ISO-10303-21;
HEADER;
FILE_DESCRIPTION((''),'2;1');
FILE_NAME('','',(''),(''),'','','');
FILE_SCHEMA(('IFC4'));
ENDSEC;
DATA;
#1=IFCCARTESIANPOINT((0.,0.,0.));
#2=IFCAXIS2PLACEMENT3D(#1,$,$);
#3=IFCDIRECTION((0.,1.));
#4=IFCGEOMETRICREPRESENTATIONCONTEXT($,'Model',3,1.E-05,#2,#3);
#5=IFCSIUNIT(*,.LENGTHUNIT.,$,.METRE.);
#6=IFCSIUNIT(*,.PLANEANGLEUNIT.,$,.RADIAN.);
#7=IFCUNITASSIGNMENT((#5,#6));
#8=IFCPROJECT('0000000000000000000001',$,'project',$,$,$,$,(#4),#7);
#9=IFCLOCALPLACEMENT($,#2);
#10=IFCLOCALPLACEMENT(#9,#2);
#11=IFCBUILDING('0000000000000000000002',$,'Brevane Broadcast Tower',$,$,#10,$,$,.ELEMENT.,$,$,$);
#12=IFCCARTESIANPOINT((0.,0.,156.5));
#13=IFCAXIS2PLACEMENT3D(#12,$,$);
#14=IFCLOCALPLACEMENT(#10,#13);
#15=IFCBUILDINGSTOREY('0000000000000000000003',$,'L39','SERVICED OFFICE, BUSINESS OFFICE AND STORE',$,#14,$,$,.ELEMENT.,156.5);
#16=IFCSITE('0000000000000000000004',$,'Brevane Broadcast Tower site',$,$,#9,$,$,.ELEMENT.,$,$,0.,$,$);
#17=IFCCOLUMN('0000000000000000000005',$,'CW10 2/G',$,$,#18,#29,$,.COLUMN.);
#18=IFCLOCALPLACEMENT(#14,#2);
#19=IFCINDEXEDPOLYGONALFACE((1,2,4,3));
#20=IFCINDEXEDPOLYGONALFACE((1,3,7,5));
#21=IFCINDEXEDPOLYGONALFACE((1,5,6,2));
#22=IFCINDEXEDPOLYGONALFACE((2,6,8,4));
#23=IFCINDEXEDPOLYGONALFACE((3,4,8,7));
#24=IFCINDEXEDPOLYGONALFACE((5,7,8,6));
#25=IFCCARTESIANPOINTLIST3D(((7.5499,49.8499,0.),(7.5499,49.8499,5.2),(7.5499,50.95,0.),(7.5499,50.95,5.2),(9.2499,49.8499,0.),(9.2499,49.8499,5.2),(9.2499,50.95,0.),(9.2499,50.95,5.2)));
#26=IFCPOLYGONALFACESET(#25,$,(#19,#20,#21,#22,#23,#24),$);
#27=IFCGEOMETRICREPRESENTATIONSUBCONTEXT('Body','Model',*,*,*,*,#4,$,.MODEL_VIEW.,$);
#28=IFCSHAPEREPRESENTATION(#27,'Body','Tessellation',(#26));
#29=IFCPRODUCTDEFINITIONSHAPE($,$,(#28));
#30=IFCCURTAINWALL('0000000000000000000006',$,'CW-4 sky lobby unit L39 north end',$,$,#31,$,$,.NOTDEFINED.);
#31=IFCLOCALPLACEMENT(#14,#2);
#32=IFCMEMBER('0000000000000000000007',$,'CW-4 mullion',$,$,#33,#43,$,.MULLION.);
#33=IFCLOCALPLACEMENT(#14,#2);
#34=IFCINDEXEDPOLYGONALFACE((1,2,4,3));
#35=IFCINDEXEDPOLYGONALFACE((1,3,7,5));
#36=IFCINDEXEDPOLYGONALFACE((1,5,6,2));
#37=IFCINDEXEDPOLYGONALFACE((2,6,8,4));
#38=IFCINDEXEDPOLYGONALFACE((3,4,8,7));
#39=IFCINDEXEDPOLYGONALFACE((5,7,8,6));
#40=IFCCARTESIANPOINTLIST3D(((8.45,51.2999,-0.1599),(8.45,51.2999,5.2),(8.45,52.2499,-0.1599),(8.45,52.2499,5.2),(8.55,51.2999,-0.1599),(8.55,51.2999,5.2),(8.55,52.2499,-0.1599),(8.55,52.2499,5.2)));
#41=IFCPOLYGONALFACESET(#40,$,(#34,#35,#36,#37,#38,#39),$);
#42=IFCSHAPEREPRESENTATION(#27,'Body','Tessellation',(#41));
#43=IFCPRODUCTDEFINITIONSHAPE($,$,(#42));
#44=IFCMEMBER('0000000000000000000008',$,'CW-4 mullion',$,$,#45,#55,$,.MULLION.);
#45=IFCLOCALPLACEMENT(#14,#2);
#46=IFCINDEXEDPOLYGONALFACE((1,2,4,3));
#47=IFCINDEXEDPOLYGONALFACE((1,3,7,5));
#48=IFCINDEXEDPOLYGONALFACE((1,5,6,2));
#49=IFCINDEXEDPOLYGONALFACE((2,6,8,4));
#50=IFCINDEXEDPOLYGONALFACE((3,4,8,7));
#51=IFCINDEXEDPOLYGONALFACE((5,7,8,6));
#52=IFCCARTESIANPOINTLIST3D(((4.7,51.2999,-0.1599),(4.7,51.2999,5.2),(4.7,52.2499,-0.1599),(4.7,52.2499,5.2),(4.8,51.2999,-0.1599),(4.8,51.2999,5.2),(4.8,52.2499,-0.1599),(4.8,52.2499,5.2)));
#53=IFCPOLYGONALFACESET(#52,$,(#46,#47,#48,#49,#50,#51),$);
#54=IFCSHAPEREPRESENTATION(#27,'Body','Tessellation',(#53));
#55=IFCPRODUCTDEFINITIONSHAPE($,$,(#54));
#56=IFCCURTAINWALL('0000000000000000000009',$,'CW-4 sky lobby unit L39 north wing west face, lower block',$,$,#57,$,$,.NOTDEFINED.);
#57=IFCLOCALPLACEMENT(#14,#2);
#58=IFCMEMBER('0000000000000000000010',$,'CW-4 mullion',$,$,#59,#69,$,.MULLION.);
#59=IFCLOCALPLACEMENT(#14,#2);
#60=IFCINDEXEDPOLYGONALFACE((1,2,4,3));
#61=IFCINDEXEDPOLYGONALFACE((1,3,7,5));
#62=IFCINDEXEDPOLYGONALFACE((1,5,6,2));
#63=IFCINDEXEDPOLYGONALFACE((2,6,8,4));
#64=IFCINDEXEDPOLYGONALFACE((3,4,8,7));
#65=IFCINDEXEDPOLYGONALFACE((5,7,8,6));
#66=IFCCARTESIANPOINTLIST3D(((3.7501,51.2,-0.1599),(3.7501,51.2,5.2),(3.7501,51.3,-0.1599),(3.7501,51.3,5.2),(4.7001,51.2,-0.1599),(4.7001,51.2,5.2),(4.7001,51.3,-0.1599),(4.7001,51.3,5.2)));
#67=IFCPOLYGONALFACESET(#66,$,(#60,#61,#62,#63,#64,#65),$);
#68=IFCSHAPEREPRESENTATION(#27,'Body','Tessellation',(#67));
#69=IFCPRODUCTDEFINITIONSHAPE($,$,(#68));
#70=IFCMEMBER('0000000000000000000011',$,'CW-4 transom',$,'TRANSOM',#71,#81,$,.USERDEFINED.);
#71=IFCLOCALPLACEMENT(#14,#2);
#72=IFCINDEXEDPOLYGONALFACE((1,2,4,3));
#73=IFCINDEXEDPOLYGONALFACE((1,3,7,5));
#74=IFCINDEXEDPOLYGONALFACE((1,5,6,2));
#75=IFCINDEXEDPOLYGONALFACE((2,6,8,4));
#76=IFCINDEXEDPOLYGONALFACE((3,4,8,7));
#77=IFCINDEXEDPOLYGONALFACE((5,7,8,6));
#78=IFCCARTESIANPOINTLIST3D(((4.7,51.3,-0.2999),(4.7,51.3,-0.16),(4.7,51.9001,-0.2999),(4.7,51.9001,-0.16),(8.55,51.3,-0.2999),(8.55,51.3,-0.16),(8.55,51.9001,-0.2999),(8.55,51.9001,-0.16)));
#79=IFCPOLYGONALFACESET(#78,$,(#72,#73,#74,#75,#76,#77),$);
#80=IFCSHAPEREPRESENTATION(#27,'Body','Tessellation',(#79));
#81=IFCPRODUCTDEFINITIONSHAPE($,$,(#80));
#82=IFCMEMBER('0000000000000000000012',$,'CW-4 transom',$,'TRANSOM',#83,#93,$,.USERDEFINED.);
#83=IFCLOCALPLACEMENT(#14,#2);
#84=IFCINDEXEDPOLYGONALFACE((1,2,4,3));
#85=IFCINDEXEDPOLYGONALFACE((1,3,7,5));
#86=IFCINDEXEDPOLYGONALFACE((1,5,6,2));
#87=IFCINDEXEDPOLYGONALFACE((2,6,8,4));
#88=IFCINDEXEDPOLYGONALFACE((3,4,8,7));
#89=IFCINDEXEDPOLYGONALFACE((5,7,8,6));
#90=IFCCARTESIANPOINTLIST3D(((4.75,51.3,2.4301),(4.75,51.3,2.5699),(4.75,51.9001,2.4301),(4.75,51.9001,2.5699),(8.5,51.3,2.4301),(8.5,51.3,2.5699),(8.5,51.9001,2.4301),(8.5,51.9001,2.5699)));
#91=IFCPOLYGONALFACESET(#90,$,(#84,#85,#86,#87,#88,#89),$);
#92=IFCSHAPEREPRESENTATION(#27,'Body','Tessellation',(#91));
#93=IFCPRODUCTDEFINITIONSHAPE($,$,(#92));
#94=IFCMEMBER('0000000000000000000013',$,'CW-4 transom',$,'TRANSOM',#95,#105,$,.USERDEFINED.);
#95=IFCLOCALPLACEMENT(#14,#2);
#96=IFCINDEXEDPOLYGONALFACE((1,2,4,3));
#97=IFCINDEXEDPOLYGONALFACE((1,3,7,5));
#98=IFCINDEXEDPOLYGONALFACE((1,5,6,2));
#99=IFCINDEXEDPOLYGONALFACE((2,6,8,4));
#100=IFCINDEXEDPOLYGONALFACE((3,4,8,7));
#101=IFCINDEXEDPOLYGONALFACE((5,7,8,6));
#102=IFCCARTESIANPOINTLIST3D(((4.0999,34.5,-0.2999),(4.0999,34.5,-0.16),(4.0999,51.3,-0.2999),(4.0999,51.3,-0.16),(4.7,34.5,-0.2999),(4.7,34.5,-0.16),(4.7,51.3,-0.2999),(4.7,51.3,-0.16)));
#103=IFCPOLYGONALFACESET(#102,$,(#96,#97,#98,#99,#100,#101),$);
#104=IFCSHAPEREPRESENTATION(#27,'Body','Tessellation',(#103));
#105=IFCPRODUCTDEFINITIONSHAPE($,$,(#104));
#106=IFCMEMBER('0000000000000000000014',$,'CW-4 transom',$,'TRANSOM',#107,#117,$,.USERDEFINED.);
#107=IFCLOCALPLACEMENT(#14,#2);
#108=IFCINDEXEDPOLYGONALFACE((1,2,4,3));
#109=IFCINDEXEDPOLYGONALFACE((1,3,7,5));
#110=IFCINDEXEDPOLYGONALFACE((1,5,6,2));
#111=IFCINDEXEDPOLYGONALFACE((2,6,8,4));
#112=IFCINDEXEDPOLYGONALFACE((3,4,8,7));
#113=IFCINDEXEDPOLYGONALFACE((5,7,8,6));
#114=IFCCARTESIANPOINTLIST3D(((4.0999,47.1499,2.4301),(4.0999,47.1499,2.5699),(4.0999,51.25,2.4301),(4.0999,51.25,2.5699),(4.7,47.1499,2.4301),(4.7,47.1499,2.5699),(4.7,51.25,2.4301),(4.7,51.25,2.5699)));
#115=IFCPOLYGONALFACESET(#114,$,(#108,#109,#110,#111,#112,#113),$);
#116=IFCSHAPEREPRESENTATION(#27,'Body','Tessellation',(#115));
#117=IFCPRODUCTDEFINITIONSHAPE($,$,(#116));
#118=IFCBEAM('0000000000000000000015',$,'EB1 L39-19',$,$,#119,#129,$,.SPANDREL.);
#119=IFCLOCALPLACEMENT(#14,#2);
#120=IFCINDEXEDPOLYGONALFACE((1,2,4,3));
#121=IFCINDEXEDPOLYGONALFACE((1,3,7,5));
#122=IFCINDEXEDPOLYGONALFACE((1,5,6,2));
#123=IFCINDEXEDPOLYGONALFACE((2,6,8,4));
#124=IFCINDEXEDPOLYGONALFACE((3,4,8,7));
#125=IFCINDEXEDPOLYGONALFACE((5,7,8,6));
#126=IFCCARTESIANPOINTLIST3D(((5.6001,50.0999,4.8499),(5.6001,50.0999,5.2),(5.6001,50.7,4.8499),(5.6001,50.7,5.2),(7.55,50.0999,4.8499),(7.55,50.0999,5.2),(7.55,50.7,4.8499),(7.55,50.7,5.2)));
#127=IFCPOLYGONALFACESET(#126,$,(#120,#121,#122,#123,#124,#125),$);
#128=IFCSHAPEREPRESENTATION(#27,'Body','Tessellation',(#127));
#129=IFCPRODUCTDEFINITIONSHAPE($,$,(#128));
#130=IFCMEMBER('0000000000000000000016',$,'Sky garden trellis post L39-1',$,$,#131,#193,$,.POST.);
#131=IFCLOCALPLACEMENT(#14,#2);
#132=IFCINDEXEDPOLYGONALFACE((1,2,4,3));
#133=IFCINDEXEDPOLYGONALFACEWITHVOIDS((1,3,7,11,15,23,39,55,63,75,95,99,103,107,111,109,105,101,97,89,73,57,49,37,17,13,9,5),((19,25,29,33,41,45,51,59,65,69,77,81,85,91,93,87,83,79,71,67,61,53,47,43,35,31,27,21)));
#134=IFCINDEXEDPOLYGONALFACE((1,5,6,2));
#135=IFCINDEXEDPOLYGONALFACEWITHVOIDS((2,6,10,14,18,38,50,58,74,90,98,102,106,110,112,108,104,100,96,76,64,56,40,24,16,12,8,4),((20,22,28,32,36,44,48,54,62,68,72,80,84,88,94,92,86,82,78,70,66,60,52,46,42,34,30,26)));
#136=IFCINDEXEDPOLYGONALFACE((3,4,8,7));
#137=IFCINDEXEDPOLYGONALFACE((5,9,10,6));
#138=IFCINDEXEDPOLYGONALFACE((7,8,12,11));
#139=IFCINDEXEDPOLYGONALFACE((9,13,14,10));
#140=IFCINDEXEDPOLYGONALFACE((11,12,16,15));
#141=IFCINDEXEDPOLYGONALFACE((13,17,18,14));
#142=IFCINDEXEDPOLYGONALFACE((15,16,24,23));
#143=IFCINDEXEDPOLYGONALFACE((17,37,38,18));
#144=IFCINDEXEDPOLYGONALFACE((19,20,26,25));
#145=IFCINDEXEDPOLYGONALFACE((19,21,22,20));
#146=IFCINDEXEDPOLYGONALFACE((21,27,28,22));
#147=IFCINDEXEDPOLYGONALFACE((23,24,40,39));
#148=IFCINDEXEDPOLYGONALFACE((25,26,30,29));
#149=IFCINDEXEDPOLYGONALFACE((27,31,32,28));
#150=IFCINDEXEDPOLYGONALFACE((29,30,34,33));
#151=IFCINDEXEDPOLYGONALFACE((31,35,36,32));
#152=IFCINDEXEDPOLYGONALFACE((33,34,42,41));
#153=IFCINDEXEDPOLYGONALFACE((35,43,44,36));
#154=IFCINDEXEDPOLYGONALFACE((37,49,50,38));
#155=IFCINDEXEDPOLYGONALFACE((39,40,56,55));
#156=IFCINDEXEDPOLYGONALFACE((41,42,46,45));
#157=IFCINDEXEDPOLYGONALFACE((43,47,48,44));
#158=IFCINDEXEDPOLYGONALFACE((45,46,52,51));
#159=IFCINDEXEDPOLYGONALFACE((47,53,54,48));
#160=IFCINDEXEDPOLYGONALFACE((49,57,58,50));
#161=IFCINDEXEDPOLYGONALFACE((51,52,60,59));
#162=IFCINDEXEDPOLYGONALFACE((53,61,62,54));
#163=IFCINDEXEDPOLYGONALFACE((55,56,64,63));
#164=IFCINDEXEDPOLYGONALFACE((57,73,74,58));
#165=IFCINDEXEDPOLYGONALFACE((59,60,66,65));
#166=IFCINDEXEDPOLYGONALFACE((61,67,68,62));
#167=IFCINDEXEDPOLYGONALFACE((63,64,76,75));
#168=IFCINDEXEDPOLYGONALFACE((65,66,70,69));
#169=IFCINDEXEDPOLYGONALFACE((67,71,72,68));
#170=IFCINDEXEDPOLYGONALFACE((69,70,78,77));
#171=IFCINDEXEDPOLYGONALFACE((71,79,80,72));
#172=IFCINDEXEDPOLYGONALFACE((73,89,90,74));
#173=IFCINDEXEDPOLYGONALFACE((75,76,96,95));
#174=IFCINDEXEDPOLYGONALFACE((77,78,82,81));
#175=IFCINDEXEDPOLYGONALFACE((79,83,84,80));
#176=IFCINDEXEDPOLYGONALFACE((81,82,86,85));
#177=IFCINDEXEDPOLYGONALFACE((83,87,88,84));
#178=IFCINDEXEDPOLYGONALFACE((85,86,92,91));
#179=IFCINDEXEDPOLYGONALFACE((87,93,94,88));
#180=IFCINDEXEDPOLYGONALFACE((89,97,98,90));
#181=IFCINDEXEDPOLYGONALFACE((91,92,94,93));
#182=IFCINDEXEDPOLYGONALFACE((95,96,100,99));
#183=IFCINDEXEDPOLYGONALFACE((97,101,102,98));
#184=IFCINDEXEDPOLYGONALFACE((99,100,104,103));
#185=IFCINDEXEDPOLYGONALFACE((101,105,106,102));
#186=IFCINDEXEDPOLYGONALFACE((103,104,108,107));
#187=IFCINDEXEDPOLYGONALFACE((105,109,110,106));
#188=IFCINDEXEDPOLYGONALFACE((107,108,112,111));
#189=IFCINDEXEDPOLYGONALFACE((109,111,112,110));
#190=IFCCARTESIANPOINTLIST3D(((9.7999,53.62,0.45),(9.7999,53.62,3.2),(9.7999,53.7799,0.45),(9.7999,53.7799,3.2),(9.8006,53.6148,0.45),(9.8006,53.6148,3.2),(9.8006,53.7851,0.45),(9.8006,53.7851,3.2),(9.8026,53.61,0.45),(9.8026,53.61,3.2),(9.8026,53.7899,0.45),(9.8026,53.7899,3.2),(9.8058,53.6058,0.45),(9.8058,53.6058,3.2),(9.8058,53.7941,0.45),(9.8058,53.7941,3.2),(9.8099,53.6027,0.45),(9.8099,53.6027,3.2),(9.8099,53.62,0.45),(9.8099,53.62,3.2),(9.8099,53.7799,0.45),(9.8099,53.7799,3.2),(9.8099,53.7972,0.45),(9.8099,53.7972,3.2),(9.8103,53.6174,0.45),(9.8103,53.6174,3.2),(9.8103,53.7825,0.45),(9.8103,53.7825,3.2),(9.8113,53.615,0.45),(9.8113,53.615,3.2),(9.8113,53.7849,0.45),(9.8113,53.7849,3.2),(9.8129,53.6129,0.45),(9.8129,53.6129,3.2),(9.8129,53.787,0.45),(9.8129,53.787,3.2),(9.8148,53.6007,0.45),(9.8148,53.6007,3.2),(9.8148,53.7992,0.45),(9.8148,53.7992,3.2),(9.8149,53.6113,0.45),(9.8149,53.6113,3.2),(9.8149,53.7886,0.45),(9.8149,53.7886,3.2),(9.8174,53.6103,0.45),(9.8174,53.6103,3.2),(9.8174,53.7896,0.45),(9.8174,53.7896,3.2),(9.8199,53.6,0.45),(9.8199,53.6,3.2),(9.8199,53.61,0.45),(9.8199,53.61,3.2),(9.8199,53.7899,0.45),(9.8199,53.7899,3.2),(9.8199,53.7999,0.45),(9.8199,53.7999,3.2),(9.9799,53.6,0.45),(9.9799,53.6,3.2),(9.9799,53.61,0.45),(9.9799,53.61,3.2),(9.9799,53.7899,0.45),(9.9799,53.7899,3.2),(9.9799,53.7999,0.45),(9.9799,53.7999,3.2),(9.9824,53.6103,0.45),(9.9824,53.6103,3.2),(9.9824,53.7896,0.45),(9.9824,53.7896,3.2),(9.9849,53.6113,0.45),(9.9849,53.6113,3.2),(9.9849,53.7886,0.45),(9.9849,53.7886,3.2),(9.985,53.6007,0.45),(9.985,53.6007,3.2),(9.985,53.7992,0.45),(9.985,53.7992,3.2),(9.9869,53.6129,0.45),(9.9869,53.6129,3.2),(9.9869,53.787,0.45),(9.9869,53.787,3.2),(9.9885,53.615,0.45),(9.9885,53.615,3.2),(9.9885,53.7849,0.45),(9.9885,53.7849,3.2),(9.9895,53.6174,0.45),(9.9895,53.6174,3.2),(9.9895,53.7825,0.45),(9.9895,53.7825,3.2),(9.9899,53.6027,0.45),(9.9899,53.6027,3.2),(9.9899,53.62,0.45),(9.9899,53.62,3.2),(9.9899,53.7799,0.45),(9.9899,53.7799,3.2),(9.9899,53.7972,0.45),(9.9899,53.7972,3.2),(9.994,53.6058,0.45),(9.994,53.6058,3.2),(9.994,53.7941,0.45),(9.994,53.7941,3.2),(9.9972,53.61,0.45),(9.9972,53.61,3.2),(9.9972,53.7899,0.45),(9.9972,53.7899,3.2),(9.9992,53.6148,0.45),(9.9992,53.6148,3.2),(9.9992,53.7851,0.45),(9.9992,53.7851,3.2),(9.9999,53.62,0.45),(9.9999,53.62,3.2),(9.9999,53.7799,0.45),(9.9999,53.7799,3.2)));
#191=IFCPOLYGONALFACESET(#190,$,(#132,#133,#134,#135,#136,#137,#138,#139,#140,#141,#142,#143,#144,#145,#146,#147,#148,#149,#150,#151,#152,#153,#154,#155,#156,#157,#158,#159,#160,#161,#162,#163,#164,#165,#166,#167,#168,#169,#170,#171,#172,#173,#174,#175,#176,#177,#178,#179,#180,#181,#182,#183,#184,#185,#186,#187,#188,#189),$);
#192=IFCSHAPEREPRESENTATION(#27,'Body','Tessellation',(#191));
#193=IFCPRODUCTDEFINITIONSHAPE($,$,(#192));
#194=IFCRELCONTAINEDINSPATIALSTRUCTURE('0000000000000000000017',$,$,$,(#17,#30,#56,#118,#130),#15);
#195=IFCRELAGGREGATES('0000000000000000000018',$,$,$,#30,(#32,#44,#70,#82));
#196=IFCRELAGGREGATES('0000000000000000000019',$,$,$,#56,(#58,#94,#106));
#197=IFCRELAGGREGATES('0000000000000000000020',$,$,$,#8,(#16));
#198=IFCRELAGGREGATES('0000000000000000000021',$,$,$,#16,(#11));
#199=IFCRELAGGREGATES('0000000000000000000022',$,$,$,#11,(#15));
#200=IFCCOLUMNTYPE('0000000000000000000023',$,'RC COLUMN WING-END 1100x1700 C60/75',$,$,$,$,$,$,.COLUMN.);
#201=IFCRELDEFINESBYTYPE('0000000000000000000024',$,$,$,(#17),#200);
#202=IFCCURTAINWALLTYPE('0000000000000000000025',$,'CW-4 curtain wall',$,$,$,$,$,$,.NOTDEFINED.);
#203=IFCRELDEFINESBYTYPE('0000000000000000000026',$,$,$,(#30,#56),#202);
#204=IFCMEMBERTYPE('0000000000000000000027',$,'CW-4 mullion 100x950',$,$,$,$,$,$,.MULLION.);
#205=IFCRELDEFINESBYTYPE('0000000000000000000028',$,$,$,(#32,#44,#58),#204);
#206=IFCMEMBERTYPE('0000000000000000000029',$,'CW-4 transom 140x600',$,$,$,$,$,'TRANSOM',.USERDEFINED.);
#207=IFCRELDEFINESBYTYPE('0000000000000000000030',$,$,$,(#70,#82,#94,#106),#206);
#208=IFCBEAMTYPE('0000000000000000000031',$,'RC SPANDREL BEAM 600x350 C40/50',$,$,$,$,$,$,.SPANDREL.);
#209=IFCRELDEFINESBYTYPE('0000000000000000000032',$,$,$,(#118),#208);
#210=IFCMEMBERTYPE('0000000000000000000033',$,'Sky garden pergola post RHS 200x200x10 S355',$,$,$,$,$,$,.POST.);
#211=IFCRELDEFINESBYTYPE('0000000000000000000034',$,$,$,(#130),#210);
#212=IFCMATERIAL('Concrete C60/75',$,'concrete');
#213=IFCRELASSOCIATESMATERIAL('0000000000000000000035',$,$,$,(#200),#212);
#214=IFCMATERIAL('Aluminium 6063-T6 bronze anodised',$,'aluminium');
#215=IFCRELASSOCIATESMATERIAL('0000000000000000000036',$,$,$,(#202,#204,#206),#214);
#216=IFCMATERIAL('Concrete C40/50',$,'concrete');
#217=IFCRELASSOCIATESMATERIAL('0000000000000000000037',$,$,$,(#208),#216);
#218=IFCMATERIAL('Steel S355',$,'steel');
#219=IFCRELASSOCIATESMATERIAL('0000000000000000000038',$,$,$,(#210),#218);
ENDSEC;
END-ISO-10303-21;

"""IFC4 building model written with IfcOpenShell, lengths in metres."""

from ifc_helpers import new_model, si_unit, direction, frame, origin, origin_2d, place, context, subcontext, project, spatial, rectangle, hollow_rectangle, extrude, material, material_profile, profile_set, type_object, element, aggregate, save


model = new_model("IFC4")

# Units and contexts
model_context = context("Model", 3, precision=1e-05, world=origin(), true_north=direction((0.0, 1.0)))
body_context = subcontext(model_context, "Body", "Model", "MODEL_VIEW")
ifc_project = project(units=[si_unit("LENGTHUNIT", "METRE"), si_unit("PLANEANGLEUNIT", "RADIAN")], contexts=[model_context])

# Site, building, storey
site_placement = place(None, origin())
site = spatial("IfcSite", under=ifc_project, at=site_placement, Name="Brevane Broadcast Tower site", CompositionType="ELEMENT", RefElevation=0.0)
building_placement = place(site_placement, origin())
building = spatial("IfcBuilding", under=site, at=building_placement, Name="Brevane Broadcast Tower", CompositionType="ELEMENT")
storey_placement = place(building_placement, frame((0.0, 0.0, 156.5)))
storey = spatial("IfcBuildingStorey", under=building, at=storey_placement, Name="L39", Description="SERVICED OFFICE, BUSINESS OFFICE AND STORE", CompositionType="ELEMENT", Elevation=156.5)

# Column
ifc_material_1 = material(Name="Concrete C60/75", Category="concrete")
ifc_material_profile_1 = material_profile(ifc_material_1, rectangle(XDim=1.1001, YDim=1.7, at=origin_2d()), Name="RC 1100x1700")
ifc_profile_set_1 = profile_set([ifc_material_profile_1], Name="Concrete C60/75")
column_type = type_object("IfcColumnType", Name="RC COLUMN WING-END 1100x1700 C60/75", PredefinedType="COLUMN", material=ifc_profile_set_1)
column_placement = place(storey_placement, frame((8.3999, 50.3999, 0.0), z_axis=(0.0, 0.0, 1.0), x_axis=(0.0, 1.0, 0.0)))
element("IfcColumn", 1, at=column_placement, inside=storey, type_object=column_type, Name="CW10 2/G", PredefinedType="COLUMN", context=body_context, shape_type="SweptSolid", body=[
    extrude(rectangle(XDim=1.1001, YDim=1.7, at=origin_2d()), origin(), (0.0, 0.0, 1.0), 5.2),
])

# Curtain wall, members
ifc_material_2 = material(Name="Aluminium 6063-T6 bronze anodised", Category="aluminium")
curtain_wall_type = type_object("IfcCurtainWallType", Name="CW-4 curtain wall", PredefinedType="NOTDEFINED", material=ifc_material_2)
curtain_wall_1_placement = place(storey_placement, origin())
curtain_wall_1 = element("IfcCurtainWall", 2, at=curtain_wall_1_placement, inside=storey, type_object=curtain_wall_type, Name="CW-4 sky lobby unit L39 north end", PredefinedType="NOTDEFINED")
ifc_material_profile_2 = material_profile(ifc_material_2, rectangle(XDim=0.95, YDim=0.1001, at=origin_2d()), Name="RECT 100x950")
ifc_profile_set_2 = profile_set([ifc_material_profile_2], Name="Aluminium 6063-T6 bronze anodised")
member_type_1 = type_object("IfcMemberType", Name="CW-4 mullion 100x950", PredefinedType="MULLION", material=ifc_profile_set_2)
member_1_placement = place(storey_placement, frame((8.5, 51.7749, -0.1599), z_axis=(0.0, 0.0, 1.0), x_axis=(0.0, -1.0, 0.0)))
member_1 = element("IfcMember", 3, at=member_1_placement, type_object=member_type_1, Name="CW-4 mullion", PredefinedType="MULLION", context=body_context, shape_type="SweptSolid", body=[
    extrude(rectangle(XDim=0.95, YDim=0.1001, at=origin_2d()), origin(), (0.0, 0.0, 1.0), 5.3599),
])
member_2_placement = place(storey_placement, frame((4.75, 51.7749, -0.1599), z_axis=(0.0, 0.0, 1.0), x_axis=(0.0, -1.0, 0.0)))
member_2 = element("IfcMember", 4, at=member_2_placement, type_object=member_type_1, Name="CW-4 mullion", PredefinedType="MULLION", context=body_context, shape_type="SweptSolid", body=[
    extrude(rectangle(XDim=0.95, YDim=0.1001, at=origin_2d()), origin(), (0.0, 0.0, 1.0), 5.3599),
])

# Curtain wall, member
curtain_wall_2_placement = place(storey_placement, origin())
curtain_wall_2 = element("IfcCurtainWall", 5, at=curtain_wall_2_placement, inside=storey, type_object=curtain_wall_type, Name="CW-4 sky lobby unit L39 north wing west face, lower block", PredefinedType="NOTDEFINED")
member_3_placement = place(storey_placement, frame((4.2251, 51.25, -0.1599), z_axis=(0.0, 0.0, 1.0), x_axis=(1.0, 0.0, 0.0)))
member_3 = element("IfcMember", 6, at=member_3_placement, type_object=member_type_1, Name="CW-4 mullion", PredefinedType="MULLION", context=body_context, shape_type="SweptSolid", body=[
    extrude(rectangle(XDim=0.95, YDim=0.1001, at=origin_2d()), origin(), (0.0, 0.0, 1.0), 5.3599),
])

# Members
ifc_material_profile_3 = material_profile(ifc_material_2, rectangle(XDim=0.6001, YDim=0.1399, at=origin_2d()), Name="RECT 140x600")
ifc_profile_set_3 = profile_set([ifc_material_profile_3], Name="Aluminium 6063-T6 bronze anodised")
member_type_2 = type_object("IfcMemberType", Name="CW-4 transom 140x600", ElementType="TRANSOM", PredefinedType="USERDEFINED", material=ifc_profile_set_3)
member_4_placement = place(storey_placement, frame((8.55, 51.6001, -0.23), z_axis=(-1.0, 0.0, 0.0), x_axis=(0.0, -1.0, 0.0)))
member_4 = element("IfcMember", 7, at=member_4_placement, type_object=member_type_2, Name="CW-4 transom", ObjectType="TRANSOM", PredefinedType="USERDEFINED", context=body_context, shape_type="SweptSolid", body=[
    extrude(rectangle(XDim=0.6001, YDim=0.1399, at=origin_2d()), origin(), (0.0, 0.0, 1.0), 3.8501),
])
member_5_placement = place(storey_placement, frame((8.5, 51.6001, 2.5), z_axis=(-1.0, 0.0, 0.0), x_axis=(0.0, -1.0, 0.0)))
member_5 = element("IfcMember", 8, at=member_5_placement, type_object=member_type_2, Name="CW-4 transom", ObjectType="TRANSOM", PredefinedType="USERDEFINED", context=body_context, shape_type="SweptSolid", body=[
    extrude(rectangle(XDim=0.6001, YDim=0.1399, at=origin_2d()), origin(), (0.0, 0.0, 1.0), 3.75),
])
aggregate(curtain_wall_1, [member_1, member_2, member_4, member_5])
member_6_placement = place(storey_placement, frame((4.3999, 51.3, -0.23), z_axis=(0.0, -1.0, 0.0), x_axis=(1.0, 0.0, 0.0)))
member_6 = element("IfcMember", 9, at=member_6_placement, type_object=member_type_2, Name="CW-4 transom", ObjectType="TRANSOM", PredefinedType="USERDEFINED", context=body_context, shape_type="SweptSolid", body=[
    extrude(rectangle(XDim=0.6001, YDim=0.1399, at=origin_2d()), origin(), (0.0, 0.0, 1.0), 16.8),
])
member_7_placement = place(storey_placement, frame((4.3999, 51.25, 2.5), z_axis=(0.0, -1.0, 0.0), x_axis=(1.0, 0.0, 0.0)))
member_7 = element("IfcMember", 10, at=member_7_placement, type_object=member_type_2, Name="CW-4 transom", ObjectType="TRANSOM", PredefinedType="USERDEFINED", context=body_context, shape_type="SweptSolid", body=[
    extrude(rectangle(XDim=0.6001, YDim=0.1399, at=origin_2d()), origin(), (0.0, 0.0, 1.0), 4.1001),
])
aggregate(curtain_wall_2, [member_3, member_6, member_7])

# Beam
ifc_material_3 = material(Name="Concrete C40/50", Category="concrete")
ifc_material_profile_4 = material_profile(ifc_material_3, rectangle(XDim=0.6001, YDim=0.3501, at=origin_2d()), Name="RC 600x350")
ifc_profile_set_4 = profile_set([ifc_material_profile_4], Name="Concrete C40/50")
beam_type = type_object("IfcBeamType", Name="RC SPANDREL BEAM 600x350 C40/50", PredefinedType="SPANDREL", material=ifc_profile_set_4)
beam_placement = place(storey_placement, frame((5.6001, 50.3999, 5.0249), z_axis=(1.0, 0.0, 0.0), x_axis=(0.0, 1.0, 0.0)))
element("IfcBeam", 11, at=beam_placement, inside=storey, type_object=beam_type, Name="EB1 L39-19", PredefinedType="SPANDREL", context=body_context, shape_type="SweptSolid", body=[
    extrude(rectangle(XDim=0.6001, YDim=0.3501, at=origin_2d()), origin(), (0.0, 0.0, 1.0), 1.95),
])

# Member
ifc_material_4 = material(Name="Steel S355", Category="steel")
ifc_material_profile_5 = material_profile(ifc_material_4, hollow_rectangle(XDim=0.2, YDim=0.2, WallThickness=0.01, InnerFilletRadius=0.01, OuterFilletRadius=0.02, at=origin_2d()), Name="RHS 200x200x10")
ifc_profile_set_5 = profile_set([ifc_material_profile_5], Name="Steel S355")
member_type_3 = type_object("IfcMemberType", Name="Sky garden pergola post RHS 200x200x10 S355", PredefinedType="POST", material=ifc_profile_set_5)
member_8_placement = place(storey_placement, frame((9.8999, 53.7, 0.45), z_axis=(0.0, 0.0, 1.0), x_axis=(1.0, 0.0, 0.0)))
element("IfcMember", 12, at=member_8_placement, inside=storey, type_object=member_type_3, Name="Sky garden trellis post L39-1", PredefinedType="POST", context=body_context, shape_type="SweptSolid", body=[
    extrude(hollow_rectangle(XDim=0.2, YDim=0.2, WallThickness=0.01, InnerFilletRadius=0.01, OuterFilletRadius=0.02, at=origin_2d()), origin(), (0.0, 0.0, 1.0), 2.75),
])

save(model, "model.ifc")
